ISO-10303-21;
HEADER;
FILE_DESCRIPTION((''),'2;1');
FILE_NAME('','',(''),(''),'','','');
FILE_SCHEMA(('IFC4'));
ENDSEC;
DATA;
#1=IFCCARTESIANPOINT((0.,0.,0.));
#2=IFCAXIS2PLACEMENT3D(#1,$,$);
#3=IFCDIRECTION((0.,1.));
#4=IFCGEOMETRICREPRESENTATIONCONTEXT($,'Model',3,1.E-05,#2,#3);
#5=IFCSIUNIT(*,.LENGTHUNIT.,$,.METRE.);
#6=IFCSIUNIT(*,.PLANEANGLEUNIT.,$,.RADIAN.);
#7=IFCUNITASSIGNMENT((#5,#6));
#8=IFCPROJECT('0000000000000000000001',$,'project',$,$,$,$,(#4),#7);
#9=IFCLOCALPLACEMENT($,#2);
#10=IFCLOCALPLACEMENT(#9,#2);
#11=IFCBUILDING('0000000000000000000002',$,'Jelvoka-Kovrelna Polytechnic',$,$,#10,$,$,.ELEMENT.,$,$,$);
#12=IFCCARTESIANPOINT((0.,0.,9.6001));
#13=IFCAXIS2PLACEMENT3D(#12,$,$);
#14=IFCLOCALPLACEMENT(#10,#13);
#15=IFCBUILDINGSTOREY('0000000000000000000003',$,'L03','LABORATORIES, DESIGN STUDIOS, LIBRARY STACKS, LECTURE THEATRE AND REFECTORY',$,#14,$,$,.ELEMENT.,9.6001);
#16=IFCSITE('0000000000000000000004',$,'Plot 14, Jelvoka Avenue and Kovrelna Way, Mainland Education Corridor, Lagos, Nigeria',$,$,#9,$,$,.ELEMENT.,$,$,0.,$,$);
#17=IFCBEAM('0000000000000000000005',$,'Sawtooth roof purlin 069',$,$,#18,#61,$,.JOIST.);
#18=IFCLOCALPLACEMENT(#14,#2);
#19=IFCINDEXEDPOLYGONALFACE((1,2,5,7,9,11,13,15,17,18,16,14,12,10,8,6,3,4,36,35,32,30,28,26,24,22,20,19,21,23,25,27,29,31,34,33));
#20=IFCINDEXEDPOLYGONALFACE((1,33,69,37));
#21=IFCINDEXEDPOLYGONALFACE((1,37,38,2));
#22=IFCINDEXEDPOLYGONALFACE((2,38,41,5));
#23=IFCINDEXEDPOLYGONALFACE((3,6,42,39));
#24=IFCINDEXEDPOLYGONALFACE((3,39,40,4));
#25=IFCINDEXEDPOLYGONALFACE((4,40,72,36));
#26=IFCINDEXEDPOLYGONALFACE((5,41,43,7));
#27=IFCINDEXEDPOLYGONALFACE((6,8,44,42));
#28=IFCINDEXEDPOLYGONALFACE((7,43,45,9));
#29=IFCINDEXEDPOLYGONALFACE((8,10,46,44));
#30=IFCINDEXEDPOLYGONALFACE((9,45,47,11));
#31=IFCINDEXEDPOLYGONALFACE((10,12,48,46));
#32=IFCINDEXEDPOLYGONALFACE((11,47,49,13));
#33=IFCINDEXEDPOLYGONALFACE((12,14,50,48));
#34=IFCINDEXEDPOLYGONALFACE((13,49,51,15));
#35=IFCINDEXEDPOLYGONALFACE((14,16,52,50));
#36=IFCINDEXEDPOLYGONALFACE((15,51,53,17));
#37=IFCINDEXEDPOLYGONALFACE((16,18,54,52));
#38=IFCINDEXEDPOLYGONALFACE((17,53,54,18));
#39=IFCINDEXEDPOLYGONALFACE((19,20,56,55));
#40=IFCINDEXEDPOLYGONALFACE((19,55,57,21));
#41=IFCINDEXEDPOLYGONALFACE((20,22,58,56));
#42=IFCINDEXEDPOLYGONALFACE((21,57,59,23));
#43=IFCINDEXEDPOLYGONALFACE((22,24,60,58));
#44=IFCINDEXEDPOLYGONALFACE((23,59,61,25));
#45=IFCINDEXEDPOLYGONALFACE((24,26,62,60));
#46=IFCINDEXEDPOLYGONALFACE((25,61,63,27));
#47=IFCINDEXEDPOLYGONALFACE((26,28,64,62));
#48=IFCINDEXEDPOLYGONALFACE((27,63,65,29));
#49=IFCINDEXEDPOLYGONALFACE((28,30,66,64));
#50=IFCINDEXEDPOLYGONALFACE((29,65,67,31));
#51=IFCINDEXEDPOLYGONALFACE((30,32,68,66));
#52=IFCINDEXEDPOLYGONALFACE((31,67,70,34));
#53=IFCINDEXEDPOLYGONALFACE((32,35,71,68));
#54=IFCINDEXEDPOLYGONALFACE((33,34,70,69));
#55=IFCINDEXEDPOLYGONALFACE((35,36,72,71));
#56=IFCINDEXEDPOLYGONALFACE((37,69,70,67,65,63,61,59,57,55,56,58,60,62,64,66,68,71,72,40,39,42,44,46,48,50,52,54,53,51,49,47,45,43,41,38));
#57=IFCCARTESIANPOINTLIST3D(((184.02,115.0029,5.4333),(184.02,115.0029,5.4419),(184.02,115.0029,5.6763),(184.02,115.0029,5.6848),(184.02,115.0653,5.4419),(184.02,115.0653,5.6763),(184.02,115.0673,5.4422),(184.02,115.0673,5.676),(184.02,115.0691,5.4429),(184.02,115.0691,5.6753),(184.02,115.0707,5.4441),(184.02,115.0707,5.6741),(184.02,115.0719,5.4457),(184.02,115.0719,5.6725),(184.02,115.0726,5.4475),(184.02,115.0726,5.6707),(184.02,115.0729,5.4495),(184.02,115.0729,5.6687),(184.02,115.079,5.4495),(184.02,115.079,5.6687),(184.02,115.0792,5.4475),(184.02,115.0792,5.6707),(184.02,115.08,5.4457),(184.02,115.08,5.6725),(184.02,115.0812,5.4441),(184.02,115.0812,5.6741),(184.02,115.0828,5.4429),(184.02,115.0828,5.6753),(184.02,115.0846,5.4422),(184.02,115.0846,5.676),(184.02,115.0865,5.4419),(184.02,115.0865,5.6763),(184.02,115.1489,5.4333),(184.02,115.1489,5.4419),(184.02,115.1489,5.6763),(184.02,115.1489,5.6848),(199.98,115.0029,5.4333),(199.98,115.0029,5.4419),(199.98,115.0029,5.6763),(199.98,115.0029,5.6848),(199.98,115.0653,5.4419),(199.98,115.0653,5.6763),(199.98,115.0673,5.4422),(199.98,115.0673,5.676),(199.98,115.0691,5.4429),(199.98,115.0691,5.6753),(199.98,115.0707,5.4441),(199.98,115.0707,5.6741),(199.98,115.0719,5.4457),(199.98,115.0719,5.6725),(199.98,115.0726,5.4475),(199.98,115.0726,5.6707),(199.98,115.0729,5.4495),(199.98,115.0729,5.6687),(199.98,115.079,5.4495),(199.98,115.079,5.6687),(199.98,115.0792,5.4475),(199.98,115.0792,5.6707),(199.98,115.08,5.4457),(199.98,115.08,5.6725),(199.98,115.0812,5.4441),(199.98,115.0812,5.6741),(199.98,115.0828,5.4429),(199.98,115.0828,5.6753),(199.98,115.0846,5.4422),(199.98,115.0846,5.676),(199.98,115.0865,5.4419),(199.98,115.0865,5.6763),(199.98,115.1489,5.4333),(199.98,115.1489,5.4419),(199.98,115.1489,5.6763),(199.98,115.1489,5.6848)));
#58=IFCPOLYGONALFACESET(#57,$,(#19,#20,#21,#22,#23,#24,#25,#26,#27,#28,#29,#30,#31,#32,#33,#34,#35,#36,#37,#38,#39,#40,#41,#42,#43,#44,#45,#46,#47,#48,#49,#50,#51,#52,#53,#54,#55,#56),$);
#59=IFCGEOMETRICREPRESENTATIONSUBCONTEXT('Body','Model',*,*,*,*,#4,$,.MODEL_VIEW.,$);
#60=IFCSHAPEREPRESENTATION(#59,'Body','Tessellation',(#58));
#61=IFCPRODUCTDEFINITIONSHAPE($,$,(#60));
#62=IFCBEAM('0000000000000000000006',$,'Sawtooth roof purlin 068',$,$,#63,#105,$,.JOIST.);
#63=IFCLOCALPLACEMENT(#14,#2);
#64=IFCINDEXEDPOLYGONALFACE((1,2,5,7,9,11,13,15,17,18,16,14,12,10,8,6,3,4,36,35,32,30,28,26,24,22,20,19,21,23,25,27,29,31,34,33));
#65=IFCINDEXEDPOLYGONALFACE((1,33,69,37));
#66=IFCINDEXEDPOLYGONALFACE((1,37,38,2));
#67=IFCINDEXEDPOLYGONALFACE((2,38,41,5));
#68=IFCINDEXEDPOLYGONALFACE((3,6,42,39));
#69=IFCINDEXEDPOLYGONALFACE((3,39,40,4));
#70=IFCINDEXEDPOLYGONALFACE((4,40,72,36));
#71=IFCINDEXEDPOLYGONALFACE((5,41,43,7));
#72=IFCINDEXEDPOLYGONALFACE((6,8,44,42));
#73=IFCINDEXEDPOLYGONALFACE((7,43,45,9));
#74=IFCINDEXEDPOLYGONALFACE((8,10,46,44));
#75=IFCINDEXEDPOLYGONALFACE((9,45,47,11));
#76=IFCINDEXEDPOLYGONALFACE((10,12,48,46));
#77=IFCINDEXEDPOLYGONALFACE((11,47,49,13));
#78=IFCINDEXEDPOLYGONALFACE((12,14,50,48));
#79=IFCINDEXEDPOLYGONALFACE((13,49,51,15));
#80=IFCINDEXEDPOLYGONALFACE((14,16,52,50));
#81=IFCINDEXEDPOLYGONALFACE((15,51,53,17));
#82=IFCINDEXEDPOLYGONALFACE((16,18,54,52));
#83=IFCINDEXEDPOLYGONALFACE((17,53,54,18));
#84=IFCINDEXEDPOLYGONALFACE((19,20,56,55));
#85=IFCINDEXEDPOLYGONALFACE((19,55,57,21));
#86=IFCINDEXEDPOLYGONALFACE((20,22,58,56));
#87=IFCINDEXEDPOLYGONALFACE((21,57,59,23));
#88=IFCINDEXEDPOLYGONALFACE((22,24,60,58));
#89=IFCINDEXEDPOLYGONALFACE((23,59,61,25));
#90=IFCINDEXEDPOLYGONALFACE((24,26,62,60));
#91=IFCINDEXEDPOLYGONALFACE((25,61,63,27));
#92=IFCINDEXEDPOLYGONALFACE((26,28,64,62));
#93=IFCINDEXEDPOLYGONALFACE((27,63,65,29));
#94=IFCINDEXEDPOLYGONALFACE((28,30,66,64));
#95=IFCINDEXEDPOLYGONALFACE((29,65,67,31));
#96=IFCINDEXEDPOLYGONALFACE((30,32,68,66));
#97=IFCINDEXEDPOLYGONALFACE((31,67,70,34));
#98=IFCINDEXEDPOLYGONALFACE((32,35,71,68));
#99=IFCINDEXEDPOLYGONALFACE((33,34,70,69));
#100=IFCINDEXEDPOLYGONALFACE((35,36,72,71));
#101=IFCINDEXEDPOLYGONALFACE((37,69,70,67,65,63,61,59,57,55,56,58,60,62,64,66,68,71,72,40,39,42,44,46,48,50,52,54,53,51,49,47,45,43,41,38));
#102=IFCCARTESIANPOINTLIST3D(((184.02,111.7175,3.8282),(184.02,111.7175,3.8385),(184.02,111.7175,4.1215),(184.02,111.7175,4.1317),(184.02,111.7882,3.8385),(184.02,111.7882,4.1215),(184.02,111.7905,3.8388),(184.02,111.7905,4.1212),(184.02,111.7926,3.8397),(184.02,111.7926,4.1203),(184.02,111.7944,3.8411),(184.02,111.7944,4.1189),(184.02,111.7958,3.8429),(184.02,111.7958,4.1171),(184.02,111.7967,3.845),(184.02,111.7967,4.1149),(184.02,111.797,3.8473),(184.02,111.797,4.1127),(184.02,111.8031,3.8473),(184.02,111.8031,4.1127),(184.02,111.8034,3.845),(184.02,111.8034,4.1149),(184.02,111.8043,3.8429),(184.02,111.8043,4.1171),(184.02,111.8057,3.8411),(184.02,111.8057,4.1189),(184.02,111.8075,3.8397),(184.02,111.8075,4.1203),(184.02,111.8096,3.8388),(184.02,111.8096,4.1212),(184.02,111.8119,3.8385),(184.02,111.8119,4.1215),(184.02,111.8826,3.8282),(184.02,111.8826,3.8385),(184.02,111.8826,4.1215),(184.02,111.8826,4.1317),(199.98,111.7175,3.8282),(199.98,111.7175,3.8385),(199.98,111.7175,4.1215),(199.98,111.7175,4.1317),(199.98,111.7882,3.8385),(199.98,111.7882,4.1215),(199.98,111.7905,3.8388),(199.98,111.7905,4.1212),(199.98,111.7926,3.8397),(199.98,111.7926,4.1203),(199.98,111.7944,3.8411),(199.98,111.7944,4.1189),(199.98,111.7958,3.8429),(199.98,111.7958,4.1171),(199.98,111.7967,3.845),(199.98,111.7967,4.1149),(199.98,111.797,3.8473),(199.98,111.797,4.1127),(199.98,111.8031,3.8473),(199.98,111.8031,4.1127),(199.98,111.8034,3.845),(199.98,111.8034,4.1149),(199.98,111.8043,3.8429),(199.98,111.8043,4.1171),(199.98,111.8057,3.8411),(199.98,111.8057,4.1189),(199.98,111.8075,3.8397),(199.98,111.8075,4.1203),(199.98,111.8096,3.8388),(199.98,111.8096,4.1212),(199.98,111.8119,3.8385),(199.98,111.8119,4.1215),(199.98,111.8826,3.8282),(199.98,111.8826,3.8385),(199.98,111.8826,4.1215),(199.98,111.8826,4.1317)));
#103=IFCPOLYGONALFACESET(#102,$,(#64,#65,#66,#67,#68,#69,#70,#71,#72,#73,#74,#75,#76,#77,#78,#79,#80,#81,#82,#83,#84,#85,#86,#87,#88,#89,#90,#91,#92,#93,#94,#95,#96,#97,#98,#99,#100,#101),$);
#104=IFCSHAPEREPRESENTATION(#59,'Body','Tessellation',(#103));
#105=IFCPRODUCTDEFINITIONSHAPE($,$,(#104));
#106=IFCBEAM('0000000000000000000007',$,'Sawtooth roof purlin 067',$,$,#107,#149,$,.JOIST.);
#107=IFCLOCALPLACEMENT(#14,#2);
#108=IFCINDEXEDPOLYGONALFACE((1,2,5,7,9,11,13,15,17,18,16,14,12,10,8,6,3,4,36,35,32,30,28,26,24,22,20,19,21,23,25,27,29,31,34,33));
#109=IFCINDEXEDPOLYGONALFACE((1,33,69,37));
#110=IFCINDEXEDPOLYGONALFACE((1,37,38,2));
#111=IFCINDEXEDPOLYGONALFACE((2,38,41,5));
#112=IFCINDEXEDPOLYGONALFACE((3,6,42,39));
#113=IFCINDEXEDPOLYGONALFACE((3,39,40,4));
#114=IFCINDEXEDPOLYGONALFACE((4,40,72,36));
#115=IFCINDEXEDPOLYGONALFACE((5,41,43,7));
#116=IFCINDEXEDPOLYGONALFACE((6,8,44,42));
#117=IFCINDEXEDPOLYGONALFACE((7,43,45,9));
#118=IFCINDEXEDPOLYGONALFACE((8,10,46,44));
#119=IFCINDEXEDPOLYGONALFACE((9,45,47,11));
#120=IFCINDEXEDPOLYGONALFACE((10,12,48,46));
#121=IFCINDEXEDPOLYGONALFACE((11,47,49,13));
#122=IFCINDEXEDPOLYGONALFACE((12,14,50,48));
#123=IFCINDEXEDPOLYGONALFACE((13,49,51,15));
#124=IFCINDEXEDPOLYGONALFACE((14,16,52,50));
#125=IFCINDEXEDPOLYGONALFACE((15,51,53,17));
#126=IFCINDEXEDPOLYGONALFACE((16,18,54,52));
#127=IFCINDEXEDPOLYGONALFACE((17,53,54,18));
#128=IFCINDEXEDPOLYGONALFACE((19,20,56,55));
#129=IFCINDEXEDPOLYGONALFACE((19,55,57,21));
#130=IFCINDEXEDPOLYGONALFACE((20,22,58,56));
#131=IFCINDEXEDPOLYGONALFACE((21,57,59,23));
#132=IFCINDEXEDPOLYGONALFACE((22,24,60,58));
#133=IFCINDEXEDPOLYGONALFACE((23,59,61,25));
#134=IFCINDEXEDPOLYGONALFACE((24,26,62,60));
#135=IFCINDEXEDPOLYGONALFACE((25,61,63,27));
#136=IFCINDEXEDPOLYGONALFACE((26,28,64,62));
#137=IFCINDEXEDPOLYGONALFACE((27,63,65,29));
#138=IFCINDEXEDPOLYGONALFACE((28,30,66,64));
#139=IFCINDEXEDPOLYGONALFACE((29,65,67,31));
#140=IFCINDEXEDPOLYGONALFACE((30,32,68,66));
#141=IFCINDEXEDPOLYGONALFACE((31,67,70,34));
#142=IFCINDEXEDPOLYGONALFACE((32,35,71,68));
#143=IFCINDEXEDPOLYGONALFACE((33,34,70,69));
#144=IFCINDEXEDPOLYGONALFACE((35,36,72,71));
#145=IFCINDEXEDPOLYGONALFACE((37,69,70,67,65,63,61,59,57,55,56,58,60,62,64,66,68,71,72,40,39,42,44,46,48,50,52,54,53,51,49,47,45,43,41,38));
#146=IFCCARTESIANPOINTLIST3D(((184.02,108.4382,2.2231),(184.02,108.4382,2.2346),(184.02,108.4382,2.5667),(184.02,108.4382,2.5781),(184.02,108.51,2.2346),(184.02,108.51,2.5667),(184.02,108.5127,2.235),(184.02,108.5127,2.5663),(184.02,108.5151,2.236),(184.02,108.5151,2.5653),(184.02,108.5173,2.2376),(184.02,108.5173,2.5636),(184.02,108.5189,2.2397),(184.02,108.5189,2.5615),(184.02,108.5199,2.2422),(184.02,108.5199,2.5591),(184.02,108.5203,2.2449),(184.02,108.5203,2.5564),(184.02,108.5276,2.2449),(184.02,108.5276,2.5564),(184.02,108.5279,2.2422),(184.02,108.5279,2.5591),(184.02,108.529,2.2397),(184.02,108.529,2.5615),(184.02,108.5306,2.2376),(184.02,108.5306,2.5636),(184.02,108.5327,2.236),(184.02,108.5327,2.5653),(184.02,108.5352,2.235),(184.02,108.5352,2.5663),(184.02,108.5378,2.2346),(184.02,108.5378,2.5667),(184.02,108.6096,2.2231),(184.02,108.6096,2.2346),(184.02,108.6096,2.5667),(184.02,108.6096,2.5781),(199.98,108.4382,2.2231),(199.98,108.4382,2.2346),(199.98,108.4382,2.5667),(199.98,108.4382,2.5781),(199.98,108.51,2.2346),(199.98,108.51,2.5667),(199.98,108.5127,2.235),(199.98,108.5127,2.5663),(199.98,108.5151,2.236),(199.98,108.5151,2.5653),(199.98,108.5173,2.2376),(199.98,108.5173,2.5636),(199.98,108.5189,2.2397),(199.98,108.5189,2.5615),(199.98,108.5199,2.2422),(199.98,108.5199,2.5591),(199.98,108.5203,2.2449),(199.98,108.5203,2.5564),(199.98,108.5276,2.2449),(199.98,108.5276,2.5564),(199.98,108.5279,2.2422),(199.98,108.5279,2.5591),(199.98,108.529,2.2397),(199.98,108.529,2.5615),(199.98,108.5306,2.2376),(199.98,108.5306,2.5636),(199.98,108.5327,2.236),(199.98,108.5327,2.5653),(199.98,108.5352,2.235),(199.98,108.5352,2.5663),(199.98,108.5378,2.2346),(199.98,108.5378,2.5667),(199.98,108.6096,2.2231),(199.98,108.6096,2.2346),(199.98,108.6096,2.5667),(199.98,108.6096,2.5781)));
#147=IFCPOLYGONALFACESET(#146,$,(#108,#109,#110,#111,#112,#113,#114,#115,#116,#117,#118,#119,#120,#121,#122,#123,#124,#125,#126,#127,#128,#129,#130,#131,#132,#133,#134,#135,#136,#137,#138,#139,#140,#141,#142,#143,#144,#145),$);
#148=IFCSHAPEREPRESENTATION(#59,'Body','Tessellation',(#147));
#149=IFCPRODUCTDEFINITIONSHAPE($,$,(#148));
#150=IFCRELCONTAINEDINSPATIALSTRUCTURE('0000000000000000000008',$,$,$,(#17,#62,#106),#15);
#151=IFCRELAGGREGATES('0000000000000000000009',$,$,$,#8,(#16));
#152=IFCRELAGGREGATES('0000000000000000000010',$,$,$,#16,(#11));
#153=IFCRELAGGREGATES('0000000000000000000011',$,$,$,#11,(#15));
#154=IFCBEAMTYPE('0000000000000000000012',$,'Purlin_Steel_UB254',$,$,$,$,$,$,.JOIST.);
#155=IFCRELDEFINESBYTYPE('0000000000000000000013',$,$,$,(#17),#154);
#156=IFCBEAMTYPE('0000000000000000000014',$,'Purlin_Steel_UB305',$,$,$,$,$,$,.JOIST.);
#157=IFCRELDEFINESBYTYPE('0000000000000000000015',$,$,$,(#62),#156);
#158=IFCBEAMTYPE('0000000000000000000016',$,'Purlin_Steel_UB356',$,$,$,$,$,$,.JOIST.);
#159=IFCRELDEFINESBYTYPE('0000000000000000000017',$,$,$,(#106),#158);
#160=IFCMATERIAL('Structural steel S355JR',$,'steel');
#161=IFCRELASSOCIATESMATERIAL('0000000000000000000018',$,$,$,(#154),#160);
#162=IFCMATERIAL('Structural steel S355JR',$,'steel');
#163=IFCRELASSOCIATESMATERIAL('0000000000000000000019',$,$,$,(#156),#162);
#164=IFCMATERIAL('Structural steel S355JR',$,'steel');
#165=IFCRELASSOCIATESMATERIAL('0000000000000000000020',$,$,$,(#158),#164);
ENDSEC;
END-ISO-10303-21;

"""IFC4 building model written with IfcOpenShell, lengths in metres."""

from ifc_helpers import new_model, si_unit, direction, frame, origin, origin_2d, place, context, subcontext, project, spatial, i_section, extrude, material, material_profile, profile_set, type_object, element, save


model = new_model("IFC4")

# Units and contexts
model_context = context("Model", 3, precision=1e-05, world=origin(), true_north=direction((0.0, 1.0)))
body_context = subcontext(model_context, "Body", "Model", "MODEL_VIEW")
ifc_project = project(units=[si_unit("LENGTHUNIT", "METRE"), si_unit("PLANEANGLEUNIT", "RADIAN")], contexts=[model_context])

# Site, building, storey
site_placement = place(None, origin())
site = spatial("IfcSite", under=ifc_project, at=site_placement, Name="Plot 14, Jelvoka Avenue and Kovrelna Way, Mainland Education Corridor, Lagos, Nigeria", CompositionType="ELEMENT", RefElevation=0.0)
building_placement = place(site_placement, origin())
building = spatial("IfcBuilding", under=site, at=building_placement, Name="Jelvoka-Kovrelna Polytechnic", CompositionType="ELEMENT")
storey_placement = place(building_placement, frame((0.0, 0.0, 9.6001)))
storey = spatial("IfcBuildingStorey", under=building, at=storey_placement, Name="L03", Description="LABORATORIES, DESIGN STUDIOS, LIBRARY STACKS, LECTURE THEATRE AND REFECTORY", CompositionType="ELEMENT", Elevation=9.6001)

# Beams
ifc_material_1 = material(Name="Structural steel S355JR", Category="steel")
ifc_material_profile_1 = material_profile(ifc_material_1, i_section(OverallWidth=0.146, OverallDepth=0.2515, WebThickness=0.0061, FlangeThickness=0.0085, FilletRadius=0.0076, at=origin_2d()), Name="254x146x31 UB")
ifc_profile_set_1 = profile_set([ifc_material_profile_1], Name="Structural steel S355JR")
beam_type_1 = type_object("IfcBeamType", Name="Purlin_Steel_UB254", PredefinedType="JOIST", material=ifc_profile_set_1)
beam_1_placement = place(storey_placement, frame((184.02, 115.0759, 5.5591), z_axis=(1.0, 0.0, 0.0), x_axis=(0.0, 1.0, 0.0)))
element("IfcBeam", 1, at=beam_1_placement, inside=storey, type_object=beam_type_1, Name="Sawtooth roof purlin 069", PredefinedType="JOIST", context=body_context, shape_type="SweptSolid", body=[
    extrude(i_section(OverallWidth=0.146, OverallDepth=0.2515, WebThickness=0.0061, FlangeThickness=0.0085, FilletRadius=0.0076, at=origin_2d()), origin(), (0.0, 0.0, 1.0), 15.96),
])
ifc_material_2 = material(Name="Structural steel S355JR", Category="steel")
ifc_material_profile_2 = material_profile(ifc_material_2, i_section(OverallWidth=0.165, OverallDepth=0.3035, WebThickness=0.0061, FlangeThickness=0.0103, FilletRadius=0.0088, at=origin_2d()), Name="305x165x40 UB")
ifc_profile_set_2 = profile_set([ifc_material_profile_2], Name="Structural steel S355JR")
beam_type_2 = type_object("IfcBeamType", Name="Purlin_Steel_UB305", PredefinedType="JOIST", material=ifc_profile_set_2)
beam_2_placement = place(storey_placement, frame((184.02, 111.8, 3.98), z_axis=(1.0, 0.0, 0.0), x_axis=(0.0, 1.0, 0.0)))
element("IfcBeam", 2, at=beam_2_placement, inside=storey, type_object=beam_type_2, Name="Sawtooth roof purlin 068", PredefinedType="JOIST", context=body_context, shape_type="SweptSolid", body=[
    extrude(i_section(OverallWidth=0.165, OverallDepth=0.3035, WebThickness=0.0061, FlangeThickness=0.0103, FilletRadius=0.0088, at=origin_2d()), origin(), (0.0, 0.0, 1.0), 15.96),
])
ifc_material_3 = material(Name="Structural steel S355JR", Category="steel")
ifc_material_profile_3 = material_profile(ifc_material_3, i_section(OverallWidth=0.1714, OverallDepth=0.355, WebThickness=0.0073, FlangeThickness=0.0115, FilletRadius=0.0103, at=origin_2d()), Name="356x171x51 UB")
ifc_profile_set_3 = profile_set([ifc_material_profile_3], Name="Structural steel S355JR")
beam_type_3 = type_object("IfcBeamType", Name="Purlin_Steel_UB356", PredefinedType="JOIST", material=ifc_profile_set_3)
beam_3_placement = place(storey_placement, frame((184.02, 108.5239, 2.4006), z_axis=(1.0, 0.0, 0.0), x_axis=(0.0, 1.0, 0.0)))
element("IfcBeam", 3, at=beam_3_placement, inside=storey, type_object=beam_type_3, Name="Sawtooth roof purlin 067", PredefinedType="JOIST", context=body_context, shape_type="SweptSolid", body=[
    extrude(i_section(OverallWidth=0.1714, OverallDepth=0.355, WebThickness=0.0073, FlangeThickness=0.0115, FilletRadius=0.0103, at=origin_2d()), origin(), (0.0, 0.0, 1.0), 15.96),
])

save(model, "model.ifc")
